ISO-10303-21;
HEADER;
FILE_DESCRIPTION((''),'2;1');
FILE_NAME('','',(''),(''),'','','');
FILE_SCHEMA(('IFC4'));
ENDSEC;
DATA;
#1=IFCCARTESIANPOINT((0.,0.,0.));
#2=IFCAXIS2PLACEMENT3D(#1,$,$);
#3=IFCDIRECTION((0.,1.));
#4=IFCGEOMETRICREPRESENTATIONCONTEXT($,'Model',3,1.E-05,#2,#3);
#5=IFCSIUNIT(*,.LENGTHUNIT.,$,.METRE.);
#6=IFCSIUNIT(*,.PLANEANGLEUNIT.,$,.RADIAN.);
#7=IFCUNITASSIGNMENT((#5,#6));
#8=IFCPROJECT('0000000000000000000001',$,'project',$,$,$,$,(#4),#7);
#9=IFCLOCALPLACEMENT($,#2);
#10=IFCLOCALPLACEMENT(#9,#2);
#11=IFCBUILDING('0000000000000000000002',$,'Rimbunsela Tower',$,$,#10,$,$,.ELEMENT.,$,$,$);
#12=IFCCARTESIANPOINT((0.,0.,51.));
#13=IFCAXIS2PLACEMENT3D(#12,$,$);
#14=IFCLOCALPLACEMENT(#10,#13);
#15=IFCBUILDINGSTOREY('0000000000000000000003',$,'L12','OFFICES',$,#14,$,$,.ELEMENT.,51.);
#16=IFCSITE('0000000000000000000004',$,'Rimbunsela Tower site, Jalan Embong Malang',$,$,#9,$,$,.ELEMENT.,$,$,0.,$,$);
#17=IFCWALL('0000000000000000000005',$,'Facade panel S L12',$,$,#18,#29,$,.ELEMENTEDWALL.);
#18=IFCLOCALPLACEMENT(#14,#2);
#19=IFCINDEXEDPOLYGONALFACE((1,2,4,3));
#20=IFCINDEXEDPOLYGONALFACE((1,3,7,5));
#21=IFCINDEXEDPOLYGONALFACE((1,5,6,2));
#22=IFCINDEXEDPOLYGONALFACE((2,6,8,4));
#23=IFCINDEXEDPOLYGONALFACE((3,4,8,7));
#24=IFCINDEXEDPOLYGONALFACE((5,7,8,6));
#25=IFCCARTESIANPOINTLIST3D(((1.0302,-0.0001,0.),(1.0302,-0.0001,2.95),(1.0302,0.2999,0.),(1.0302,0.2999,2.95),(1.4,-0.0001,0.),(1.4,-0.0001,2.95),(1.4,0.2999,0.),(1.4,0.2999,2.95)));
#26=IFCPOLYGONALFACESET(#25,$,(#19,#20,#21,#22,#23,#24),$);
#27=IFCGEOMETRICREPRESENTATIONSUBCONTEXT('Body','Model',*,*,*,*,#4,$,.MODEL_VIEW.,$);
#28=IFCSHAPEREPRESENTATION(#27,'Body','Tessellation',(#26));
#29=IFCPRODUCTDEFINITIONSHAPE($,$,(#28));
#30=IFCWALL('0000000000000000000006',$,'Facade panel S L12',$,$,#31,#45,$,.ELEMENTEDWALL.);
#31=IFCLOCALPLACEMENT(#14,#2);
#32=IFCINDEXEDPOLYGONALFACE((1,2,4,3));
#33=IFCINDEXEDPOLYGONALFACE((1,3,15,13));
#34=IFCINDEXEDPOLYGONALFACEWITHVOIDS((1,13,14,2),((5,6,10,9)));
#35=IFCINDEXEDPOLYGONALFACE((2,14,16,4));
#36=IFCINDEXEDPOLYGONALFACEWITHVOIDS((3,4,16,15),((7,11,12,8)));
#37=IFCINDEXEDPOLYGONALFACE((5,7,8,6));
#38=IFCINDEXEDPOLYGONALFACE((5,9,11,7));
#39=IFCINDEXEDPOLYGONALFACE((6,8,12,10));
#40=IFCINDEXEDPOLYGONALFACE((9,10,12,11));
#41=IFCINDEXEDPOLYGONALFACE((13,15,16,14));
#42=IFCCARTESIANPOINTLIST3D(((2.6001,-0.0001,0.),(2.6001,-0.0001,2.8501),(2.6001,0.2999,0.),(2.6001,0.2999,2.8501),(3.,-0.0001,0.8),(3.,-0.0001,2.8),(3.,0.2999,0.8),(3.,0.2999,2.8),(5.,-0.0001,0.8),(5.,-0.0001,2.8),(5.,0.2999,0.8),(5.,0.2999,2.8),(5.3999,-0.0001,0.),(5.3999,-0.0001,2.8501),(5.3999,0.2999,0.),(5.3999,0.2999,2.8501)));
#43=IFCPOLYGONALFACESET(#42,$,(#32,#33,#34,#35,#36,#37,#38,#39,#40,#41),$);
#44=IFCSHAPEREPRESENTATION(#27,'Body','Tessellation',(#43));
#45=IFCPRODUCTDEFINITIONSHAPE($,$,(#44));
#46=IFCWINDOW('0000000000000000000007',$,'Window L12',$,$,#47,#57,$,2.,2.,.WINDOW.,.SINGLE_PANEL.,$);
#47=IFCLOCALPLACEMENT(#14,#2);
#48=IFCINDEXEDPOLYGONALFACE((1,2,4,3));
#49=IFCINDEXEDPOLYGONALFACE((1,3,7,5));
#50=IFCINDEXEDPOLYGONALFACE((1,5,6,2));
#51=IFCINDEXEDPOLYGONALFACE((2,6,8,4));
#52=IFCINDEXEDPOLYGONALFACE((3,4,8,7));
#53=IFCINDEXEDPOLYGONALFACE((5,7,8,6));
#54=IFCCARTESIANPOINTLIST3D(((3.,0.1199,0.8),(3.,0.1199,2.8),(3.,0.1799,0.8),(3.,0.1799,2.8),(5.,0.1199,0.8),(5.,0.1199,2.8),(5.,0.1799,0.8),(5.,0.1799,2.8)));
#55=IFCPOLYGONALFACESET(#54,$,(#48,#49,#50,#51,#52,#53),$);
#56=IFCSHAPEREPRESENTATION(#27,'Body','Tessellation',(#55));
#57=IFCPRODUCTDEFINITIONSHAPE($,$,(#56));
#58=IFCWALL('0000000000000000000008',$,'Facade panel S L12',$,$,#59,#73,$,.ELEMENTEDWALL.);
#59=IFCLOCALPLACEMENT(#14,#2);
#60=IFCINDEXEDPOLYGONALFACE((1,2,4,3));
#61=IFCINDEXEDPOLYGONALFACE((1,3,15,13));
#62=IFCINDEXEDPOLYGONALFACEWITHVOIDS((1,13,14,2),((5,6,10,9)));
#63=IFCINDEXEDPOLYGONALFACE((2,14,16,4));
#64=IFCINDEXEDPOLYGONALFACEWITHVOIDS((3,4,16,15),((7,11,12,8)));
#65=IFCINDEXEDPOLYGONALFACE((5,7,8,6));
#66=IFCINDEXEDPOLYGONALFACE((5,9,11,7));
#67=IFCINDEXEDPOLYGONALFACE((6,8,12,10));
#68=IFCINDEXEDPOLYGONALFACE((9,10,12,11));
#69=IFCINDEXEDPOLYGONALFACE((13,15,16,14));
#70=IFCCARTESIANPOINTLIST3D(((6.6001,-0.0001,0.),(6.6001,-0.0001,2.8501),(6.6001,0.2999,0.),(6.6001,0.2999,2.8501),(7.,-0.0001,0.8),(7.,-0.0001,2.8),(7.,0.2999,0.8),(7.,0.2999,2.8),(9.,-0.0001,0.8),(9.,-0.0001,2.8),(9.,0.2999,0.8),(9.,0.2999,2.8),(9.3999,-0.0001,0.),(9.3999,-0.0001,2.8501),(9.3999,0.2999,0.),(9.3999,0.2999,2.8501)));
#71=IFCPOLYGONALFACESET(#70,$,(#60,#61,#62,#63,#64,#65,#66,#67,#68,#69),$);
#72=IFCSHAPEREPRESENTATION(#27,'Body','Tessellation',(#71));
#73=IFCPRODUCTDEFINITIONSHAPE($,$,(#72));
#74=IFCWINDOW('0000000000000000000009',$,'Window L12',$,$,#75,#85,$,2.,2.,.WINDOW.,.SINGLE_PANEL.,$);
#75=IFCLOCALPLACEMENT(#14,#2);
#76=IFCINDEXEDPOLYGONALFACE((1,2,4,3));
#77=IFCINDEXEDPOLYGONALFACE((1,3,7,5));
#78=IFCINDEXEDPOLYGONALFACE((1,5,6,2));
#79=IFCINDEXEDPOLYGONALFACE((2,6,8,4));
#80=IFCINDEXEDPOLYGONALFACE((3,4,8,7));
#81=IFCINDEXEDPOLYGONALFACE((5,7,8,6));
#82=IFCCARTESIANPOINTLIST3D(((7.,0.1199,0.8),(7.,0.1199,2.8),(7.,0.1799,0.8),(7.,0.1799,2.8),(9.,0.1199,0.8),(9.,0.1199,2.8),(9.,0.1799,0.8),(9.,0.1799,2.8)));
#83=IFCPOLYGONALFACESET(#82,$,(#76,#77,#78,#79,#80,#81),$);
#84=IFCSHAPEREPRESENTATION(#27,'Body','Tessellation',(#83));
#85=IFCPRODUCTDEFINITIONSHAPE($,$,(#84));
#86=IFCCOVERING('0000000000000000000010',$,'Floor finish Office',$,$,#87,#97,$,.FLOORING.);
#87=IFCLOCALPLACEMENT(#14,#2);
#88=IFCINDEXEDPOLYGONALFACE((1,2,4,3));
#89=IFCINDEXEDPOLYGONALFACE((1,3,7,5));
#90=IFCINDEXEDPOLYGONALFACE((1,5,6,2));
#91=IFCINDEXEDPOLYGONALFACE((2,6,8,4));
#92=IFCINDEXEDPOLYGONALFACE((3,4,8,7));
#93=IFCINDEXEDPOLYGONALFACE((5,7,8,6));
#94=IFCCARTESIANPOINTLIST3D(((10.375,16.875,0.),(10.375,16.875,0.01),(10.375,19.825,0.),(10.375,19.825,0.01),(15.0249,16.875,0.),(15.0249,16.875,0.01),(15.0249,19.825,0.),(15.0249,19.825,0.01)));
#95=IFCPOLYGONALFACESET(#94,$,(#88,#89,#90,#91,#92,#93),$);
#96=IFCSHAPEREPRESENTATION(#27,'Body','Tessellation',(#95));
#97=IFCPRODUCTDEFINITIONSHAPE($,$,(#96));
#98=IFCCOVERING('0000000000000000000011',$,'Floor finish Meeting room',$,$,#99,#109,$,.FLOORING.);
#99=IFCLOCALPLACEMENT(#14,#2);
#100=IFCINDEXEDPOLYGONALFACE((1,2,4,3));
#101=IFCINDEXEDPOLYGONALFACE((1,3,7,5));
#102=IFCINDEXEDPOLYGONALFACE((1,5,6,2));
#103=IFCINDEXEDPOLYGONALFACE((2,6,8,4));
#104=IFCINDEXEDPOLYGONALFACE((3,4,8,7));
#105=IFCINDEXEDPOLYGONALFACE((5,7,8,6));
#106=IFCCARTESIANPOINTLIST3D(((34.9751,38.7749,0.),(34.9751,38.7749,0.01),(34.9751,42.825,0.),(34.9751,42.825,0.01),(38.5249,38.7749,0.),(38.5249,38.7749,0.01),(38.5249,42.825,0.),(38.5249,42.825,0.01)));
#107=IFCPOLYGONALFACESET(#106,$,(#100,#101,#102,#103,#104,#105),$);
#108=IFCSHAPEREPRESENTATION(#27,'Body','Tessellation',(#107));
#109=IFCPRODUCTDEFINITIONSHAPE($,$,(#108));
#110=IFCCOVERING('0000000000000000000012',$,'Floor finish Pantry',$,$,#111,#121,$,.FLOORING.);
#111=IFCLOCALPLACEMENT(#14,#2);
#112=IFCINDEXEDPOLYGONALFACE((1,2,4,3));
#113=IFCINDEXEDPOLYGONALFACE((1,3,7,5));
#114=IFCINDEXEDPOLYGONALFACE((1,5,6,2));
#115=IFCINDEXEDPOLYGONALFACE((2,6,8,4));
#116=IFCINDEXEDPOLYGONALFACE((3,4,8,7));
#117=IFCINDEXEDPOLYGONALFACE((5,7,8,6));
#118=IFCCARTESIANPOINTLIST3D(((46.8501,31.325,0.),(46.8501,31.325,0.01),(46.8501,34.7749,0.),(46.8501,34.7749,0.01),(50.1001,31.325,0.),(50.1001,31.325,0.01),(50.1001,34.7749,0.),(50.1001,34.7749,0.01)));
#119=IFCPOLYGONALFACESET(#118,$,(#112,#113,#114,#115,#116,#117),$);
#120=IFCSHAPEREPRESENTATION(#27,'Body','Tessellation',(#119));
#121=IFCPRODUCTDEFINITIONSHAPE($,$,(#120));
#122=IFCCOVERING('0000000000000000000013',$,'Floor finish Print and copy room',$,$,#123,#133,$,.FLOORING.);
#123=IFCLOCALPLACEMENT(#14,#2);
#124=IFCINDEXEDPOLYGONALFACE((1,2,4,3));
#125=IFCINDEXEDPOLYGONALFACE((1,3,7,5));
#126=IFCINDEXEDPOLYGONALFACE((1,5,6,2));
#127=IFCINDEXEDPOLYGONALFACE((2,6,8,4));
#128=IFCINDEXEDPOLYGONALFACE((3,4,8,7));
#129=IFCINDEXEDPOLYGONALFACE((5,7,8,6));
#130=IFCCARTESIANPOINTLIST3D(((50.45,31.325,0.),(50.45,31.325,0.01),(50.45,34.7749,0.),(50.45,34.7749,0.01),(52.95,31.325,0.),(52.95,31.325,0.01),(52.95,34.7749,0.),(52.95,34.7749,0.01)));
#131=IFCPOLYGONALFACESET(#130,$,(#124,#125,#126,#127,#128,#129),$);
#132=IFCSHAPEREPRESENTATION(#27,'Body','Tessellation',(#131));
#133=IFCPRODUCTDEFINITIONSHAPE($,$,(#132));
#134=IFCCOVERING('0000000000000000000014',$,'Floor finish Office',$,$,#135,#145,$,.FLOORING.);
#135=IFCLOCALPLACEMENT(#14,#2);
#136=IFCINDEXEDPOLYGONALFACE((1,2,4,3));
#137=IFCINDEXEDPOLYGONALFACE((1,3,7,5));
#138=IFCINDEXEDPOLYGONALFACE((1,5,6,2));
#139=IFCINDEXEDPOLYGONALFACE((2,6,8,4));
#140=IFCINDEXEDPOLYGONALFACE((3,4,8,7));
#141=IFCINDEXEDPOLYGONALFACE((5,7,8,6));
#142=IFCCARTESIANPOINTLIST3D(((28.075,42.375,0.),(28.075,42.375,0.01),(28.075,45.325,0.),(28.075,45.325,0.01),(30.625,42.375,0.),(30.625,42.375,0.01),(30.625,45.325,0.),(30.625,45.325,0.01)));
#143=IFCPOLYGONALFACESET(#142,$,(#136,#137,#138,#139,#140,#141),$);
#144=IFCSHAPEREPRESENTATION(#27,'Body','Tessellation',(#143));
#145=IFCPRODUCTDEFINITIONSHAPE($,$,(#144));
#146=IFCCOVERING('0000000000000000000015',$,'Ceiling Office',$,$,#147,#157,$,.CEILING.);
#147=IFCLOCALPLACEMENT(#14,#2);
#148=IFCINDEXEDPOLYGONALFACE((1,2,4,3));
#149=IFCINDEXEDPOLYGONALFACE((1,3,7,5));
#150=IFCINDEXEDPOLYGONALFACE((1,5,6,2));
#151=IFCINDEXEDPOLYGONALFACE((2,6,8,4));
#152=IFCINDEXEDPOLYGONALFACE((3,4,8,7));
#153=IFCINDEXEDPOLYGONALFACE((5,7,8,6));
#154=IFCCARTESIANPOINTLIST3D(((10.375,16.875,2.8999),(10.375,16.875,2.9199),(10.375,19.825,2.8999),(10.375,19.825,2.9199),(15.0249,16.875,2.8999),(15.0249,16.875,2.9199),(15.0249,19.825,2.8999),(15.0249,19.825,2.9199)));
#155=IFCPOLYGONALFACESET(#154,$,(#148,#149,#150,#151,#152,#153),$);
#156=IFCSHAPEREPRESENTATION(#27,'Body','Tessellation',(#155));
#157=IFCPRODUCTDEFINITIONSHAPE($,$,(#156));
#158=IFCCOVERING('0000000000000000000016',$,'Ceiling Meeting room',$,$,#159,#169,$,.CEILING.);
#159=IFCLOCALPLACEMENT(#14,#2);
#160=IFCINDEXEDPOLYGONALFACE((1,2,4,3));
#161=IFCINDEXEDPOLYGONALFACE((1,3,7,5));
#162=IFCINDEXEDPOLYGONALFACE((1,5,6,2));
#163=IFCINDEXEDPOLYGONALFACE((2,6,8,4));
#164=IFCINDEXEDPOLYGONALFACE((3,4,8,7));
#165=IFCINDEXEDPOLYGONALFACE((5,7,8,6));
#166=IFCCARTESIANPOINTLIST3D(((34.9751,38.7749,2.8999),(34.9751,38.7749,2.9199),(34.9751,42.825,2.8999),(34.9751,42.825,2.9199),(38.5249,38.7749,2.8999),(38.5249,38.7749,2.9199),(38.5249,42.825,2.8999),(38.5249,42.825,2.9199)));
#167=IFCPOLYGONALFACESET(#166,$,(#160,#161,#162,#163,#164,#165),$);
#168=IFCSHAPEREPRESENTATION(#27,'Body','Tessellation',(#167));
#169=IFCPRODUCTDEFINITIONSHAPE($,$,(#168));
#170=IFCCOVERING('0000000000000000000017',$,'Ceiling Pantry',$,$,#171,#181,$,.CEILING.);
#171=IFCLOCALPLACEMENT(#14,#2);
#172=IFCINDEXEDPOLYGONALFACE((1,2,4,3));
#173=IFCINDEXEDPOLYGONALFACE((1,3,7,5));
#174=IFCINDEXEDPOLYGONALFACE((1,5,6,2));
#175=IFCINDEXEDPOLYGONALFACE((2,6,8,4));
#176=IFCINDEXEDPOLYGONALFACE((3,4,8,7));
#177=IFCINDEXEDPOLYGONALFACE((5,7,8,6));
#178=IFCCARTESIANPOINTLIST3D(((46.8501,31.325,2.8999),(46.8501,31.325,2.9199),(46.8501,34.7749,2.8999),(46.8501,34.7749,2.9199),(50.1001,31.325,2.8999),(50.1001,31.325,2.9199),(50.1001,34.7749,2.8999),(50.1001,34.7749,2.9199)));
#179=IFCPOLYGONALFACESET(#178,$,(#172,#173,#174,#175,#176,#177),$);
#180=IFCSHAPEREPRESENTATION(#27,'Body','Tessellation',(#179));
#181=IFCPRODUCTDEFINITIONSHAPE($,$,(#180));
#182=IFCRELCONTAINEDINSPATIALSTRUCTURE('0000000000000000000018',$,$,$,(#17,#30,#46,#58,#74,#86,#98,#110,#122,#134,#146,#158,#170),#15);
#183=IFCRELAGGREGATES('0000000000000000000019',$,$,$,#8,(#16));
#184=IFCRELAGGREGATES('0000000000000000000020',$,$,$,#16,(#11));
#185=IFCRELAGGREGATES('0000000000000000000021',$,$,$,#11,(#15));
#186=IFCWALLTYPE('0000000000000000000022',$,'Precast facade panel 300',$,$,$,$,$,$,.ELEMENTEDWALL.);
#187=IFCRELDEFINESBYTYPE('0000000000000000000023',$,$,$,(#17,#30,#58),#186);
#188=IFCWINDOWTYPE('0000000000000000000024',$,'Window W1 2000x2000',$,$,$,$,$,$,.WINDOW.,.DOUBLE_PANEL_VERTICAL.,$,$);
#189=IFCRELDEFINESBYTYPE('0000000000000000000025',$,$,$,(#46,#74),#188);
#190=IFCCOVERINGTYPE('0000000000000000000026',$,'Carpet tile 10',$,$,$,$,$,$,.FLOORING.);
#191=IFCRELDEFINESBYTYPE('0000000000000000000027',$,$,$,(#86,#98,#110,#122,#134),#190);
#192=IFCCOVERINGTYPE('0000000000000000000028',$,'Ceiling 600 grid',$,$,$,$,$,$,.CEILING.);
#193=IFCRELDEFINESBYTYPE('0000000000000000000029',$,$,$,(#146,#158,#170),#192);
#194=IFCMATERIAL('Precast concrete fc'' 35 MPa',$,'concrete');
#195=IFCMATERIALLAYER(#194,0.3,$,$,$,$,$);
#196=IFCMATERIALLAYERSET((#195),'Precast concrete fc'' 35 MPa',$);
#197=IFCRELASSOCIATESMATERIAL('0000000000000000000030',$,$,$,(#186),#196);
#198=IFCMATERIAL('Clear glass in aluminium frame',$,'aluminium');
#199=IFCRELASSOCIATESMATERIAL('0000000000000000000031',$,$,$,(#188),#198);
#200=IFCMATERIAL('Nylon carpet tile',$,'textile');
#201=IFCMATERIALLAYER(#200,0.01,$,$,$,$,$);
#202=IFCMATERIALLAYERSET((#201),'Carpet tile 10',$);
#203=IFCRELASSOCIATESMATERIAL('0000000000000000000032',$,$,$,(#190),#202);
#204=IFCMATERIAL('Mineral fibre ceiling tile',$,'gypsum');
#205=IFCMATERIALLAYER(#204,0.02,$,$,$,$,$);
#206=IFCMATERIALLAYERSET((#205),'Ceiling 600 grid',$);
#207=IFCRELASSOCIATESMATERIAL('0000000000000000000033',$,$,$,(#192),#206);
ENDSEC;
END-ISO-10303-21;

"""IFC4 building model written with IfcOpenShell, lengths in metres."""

from ifc_helpers import new_model, si_unit, direction, frame, frame_2d, origin, place, context, subcontext, project, spatial, polyline, rectangle, outline, extrude, material, layer, layer_set, type_object, element, fill, save


model = new_model("IFC4")

# Units and contexts
model_context = context("Model", 3, precision=1e-05, world=origin(), true_north=direction((0.0, 1.0)))
body_context = subcontext(model_context, "Body", "Model", "MODEL_VIEW")
ifc_project = project(units=[si_unit("LENGTHUNIT", "METRE"), si_unit("PLANEANGLEUNIT", "RADIAN")], contexts=[model_context])

# Site, building, storey
site_placement = place(None, origin())
site = spatial("IfcSite", under=ifc_project, at=site_placement, Name="Rimbunsela Tower site, Jalan Embong Malang", CompositionType="ELEMENT", RefElevation=0.0)
building_placement = place(site_placement, origin())
building = spatial("IfcBuilding", under=site, at=building_placement, Name="Rimbunsela Tower", CompositionType="ELEMENT")
storey_placement = place(building_placement, frame((0.0, 0.0, 51.0)))
storey = spatial("IfcBuildingStorey", under=building, at=storey_placement, Name="L12", Description="OFFICES", CompositionType="ELEMENT", Elevation=51.0)

# Wall
ifc_material_1 = material(Name="Precast concrete fc' 35 MPa", Category="concrete")
ifc_layer_1 = layer(ifc_material_1, 0.3)
ifc_layer_set_1 = layer_set([ifc_layer_1], Name="Precast concrete fc' 35 MPa")
wall_type = type_object("IfcWallType", Name="Precast facade panel 300", PredefinedType="ELEMENTEDWALL", material=ifc_layer_set_1)
wall_1_placement = place(storey_placement, frame((1.03, 0.1499, 0.0), z_axis=(0.0, 0.0, 1.0), x_axis=(1.0, 0.0, 0.0)))
element("IfcWall", 1, at=wall_1_placement, inside=storey, type_object=wall_type, Name="Facade panel S L12", PredefinedType="ELEMENTEDWALL", context=body_context, shape_type="SweptSolid", body=[
    extrude(rectangle(XDim=0.3699, YDim=0.3, at=frame_2d((0.1851, 0.0))), origin(), (0.0, 0.0, 1.0), 2.95),
])

# Walls, openings, windows
wall_2_placement = place(storey_placement, frame((2.6001, 0.1499, 0.0), z_axis=(0.0, 0.0, 1.0), x_axis=(1.0, 0.0, 0.0)))
wall_2 = element("IfcWall", 2, at=wall_2_placement, inside=storey, type_object=wall_type, Name="Facade panel S L12", PredefinedType="ELEMENTEDWALL", context=body_context, shape_type="SweptSolid", body=[
    extrude(rectangle(XDim=2.7998, YDim=0.3, at=frame_2d((1.3999, 0.0))), origin(), (0.0, 0.0, 1.0), 2.8501),
])
opening_1_placement = place(wall_2_placement, frame((0.3999, 0.0, 0.8)))
opening_1 = element("IfcOpeningElement", 3, at=opening_1_placement, cuts=wall_2, PredefinedType="OPENING", context=body_context, shape_type="SweptSolid", body=[
    extrude(rectangle(XDim=2.0, YDim=2.0, at=frame_2d((1.0, 1.0))), frame((0.0, 0.1599, 0.0), z_axis=(0.0, -1.0, 0.0), x_axis=(1.0, 0.0, 0.0)), (0.0, 0.0, 1.0), 0.3201),
])
ifc_material_2 = material(Name="Clear glass in aluminium frame", Category="aluminium")
window_type = type_object("IfcWindowType", Name="Window W1 2000x2000", PartitioningType="DOUBLE_PANEL_VERTICAL", PredefinedType="WINDOW", material=ifc_material_2)
window_1_placement = place(opening_1_placement, origin())
window_1 = element("IfcWindow", 4, at=window_1_placement, inside=storey, type_object=window_type, Name="Window L12", OverallHeight=2.0, OverallWidth=2.0, PartitioningType="SINGLE_PANEL", PredefinedType="WINDOW", context=body_context, shape_type="SweptSolid", body=[
    extrude(rectangle(XDim=2.0, YDim=2.0, at=frame_2d((1.0, 1.0))), frame((0.0, 0.03, 0.0), z_axis=(0.0, -1.0, 0.0), x_axis=(1.0, 0.0, 0.0)), (0.0, 0.0, 1.0), 0.0601),
])
fill(opening_1, window_1)
wall_3_placement = place(storey_placement, frame((6.6001, 0.1499, 0.0), z_axis=(0.0, 0.0, 1.0), x_axis=(1.0, 0.0, 0.0)))
wall_3 = element("IfcWall", 5, at=wall_3_placement, inside=storey, type_object=wall_type, Name="Facade panel S L12", PredefinedType="ELEMENTEDWALL", context=body_context, shape_type="SweptSolid", body=[
    extrude(rectangle(XDim=2.7998, YDim=0.3, at=frame_2d((1.3999, 0.0))), origin(), (0.0, 0.0, 1.0), 2.8501),
])
opening_2_placement = place(wall_3_placement, frame((0.3999, 0.0, 0.8)))
opening_2 = element("IfcOpeningElement", 6, at=opening_2_placement, cuts=wall_3, PredefinedType="OPENING", context=body_context, shape_type="SweptSolid", body=[
    extrude(rectangle(XDim=2.0, YDim=2.0, at=frame_2d((1.0, 1.0))), frame((0.0, 0.1599, 0.0), z_axis=(0.0, -1.0, 0.0), x_axis=(1.0, 0.0, 0.0)), (0.0, 0.0, 1.0), 0.3201),
])
window_2_placement = place(opening_2_placement, origin())
window_2 = element("IfcWindow", 7, at=window_2_placement, inside=storey, type_object=window_type, Name="Window L12", OverallHeight=2.0, OverallWidth=2.0, PartitioningType="SINGLE_PANEL", PredefinedType="WINDOW", context=body_context, shape_type="SweptSolid", body=[
    extrude(rectangle(XDim=2.0, YDim=2.0, at=frame_2d((1.0, 1.0))), frame((0.0, 0.03, 0.0), z_axis=(0.0, -1.0, 0.0), x_axis=(1.0, 0.0, 0.0)), (0.0, 0.0, 1.0), 0.0601),
])
fill(opening_2, window_2)

# Coverings
ifc_material_3 = material(Name="Nylon carpet tile", Category="textile")
ifc_layer_2 = layer(ifc_material_3, 0.01)
ifc_layer_set_2 = layer_set([ifc_layer_2], Name="Carpet tile 10")
covering_type_1 = type_object("IfcCoveringType", Name="Carpet tile 10", PredefinedType="FLOORING", material=ifc_layer_set_2)
covering_1_placement = place(storey_placement, origin())
element("IfcCovering", 8, at=covering_1_placement, inside=storey, type_object=covering_type_1, Name="Floor finish Office", PredefinedType="FLOORING", context=body_context, shape_type="SweptSolid", body=[
    extrude(outline(polyline([(15.0249, 16.875), (15.0249, 19.825), (10.375, 19.825), (10.375, 16.875), (15.0249, 16.875)])), origin(), (0.0, 0.0, 1.0), 0.01),
])
covering_2_placement = place(storey_placement, origin())
element("IfcCovering", 9, at=covering_2_placement, inside=storey, type_object=covering_type_1, Name="Floor finish Meeting room", PredefinedType="FLOORING", context=body_context, shape_type="SweptSolid", body=[
    extrude(outline(polyline([(38.5249, 38.7749), (38.5249, 42.825), (34.9751, 42.825), (34.9751, 38.7749), (38.5249, 38.7749)])), origin(), (0.0, 0.0, 1.0), 0.01),
])
covering_3_placement = place(storey_placement, origin())
element("IfcCovering", 10, at=covering_3_placement, inside=storey, type_object=covering_type_1, Name="Floor finish Pantry", PredefinedType="FLOORING", context=body_context, shape_type="SweptSolid", body=[
    extrude(outline(polyline([(50.1001, 31.325), (50.1001, 34.7749), (46.8501, 34.7749), (46.8501, 31.325), (50.1001, 31.325)])), origin(), (0.0, 0.0, 1.0), 0.01),
])
covering_4_placement = place(storey_placement, origin())
element("IfcCovering", 11, at=covering_4_placement, inside=storey, type_object=covering_type_1, Name="Floor finish Print and copy room", PredefinedType="FLOORING", context=body_context, shape_type="SweptSolid", body=[
    extrude(outline(polyline([(52.95, 31.325), (52.95, 34.7749), (50.45, 34.7749), (50.45, 31.325), (52.95, 31.325)])), origin(), (0.0, 0.0, 1.0), 0.01),
])
covering_5_placement = place(storey_placement, origin())
element("IfcCovering", 12, at=covering_5_placement, inside=storey, type_object=covering_type_1, Name="Floor finish Office", PredefinedType="FLOORING", context=body_context, shape_type="SweptSolid", body=[
    extrude(outline(polyline([(30.625, 42.375), (30.625, 45.325), (28.075, 45.325), (28.075, 42.375), (30.625, 42.375)])), origin(), (0.0, 0.0, 1.0), 0.01),
])
ifc_material_4 = material(Name="Mineral fibre ceiling tile", Category="gypsum")
ifc_layer_3 = layer(ifc_material_4, 0.02)
ifc_layer_set_3 = layer_set([ifc_layer_3], Name="Ceiling 600 grid")
covering_type_2 = type_object("IfcCoveringType", Name="Ceiling 600 grid", PredefinedType="CEILING", material=ifc_layer_set_3)
covering_6_placement = place(storey_placement, frame((0.0, 0.0, 2.8999)))
element("IfcCovering", 13, at=covering_6_placement, inside=storey, type_object=covering_type_2, Name="Ceiling Office", PredefinedType="CEILING", context=body_context, shape_type="SweptSolid", body=[
    extrude(outline(polyline([(15.0249, 16.875), (15.0249, 19.825), (10.375, 19.825), (10.375, 16.875), (15.0249, 16.875)])), origin(), (0.0, 0.0, 1.0), 0.02),
])
covering_7_placement = place(storey_placement, frame((0.0, 0.0, 2.8999)))
element("IfcCovering", 14, at=covering_7_placement, inside=storey, type_object=covering_type_2, Name="Ceiling Meeting room", PredefinedType="CEILING", context=body_context, shape_type="SweptSolid", body=[
    extrude(outline(polyline([(38.5249, 38.7749), (38.5249, 42.825), (34.9751, 42.825), (34.9751, 38.7749), (38.5249, 38.7749)])), origin(), (0.0, 0.0, 1.0), 0.02),
])
covering_8_placement = place(storey_placement, frame((0.0, 0.0, 2.8999)))
element("IfcCovering", 15, at=covering_8_placement, inside=storey, type_object=covering_type_2, Name="Ceiling Pantry", PredefinedType="CEILING", context=body_context, shape_type="SweptSolid", body=[
    extrude(outline(polyline([(50.1001, 31.325), (50.1001, 34.7749), (46.8501, 34.7749), (46.8501, 31.325), (50.1001, 31.325)])), origin(), (0.0, 0.0, 1.0), 0.02),
])

save(model, "model.ifc")
